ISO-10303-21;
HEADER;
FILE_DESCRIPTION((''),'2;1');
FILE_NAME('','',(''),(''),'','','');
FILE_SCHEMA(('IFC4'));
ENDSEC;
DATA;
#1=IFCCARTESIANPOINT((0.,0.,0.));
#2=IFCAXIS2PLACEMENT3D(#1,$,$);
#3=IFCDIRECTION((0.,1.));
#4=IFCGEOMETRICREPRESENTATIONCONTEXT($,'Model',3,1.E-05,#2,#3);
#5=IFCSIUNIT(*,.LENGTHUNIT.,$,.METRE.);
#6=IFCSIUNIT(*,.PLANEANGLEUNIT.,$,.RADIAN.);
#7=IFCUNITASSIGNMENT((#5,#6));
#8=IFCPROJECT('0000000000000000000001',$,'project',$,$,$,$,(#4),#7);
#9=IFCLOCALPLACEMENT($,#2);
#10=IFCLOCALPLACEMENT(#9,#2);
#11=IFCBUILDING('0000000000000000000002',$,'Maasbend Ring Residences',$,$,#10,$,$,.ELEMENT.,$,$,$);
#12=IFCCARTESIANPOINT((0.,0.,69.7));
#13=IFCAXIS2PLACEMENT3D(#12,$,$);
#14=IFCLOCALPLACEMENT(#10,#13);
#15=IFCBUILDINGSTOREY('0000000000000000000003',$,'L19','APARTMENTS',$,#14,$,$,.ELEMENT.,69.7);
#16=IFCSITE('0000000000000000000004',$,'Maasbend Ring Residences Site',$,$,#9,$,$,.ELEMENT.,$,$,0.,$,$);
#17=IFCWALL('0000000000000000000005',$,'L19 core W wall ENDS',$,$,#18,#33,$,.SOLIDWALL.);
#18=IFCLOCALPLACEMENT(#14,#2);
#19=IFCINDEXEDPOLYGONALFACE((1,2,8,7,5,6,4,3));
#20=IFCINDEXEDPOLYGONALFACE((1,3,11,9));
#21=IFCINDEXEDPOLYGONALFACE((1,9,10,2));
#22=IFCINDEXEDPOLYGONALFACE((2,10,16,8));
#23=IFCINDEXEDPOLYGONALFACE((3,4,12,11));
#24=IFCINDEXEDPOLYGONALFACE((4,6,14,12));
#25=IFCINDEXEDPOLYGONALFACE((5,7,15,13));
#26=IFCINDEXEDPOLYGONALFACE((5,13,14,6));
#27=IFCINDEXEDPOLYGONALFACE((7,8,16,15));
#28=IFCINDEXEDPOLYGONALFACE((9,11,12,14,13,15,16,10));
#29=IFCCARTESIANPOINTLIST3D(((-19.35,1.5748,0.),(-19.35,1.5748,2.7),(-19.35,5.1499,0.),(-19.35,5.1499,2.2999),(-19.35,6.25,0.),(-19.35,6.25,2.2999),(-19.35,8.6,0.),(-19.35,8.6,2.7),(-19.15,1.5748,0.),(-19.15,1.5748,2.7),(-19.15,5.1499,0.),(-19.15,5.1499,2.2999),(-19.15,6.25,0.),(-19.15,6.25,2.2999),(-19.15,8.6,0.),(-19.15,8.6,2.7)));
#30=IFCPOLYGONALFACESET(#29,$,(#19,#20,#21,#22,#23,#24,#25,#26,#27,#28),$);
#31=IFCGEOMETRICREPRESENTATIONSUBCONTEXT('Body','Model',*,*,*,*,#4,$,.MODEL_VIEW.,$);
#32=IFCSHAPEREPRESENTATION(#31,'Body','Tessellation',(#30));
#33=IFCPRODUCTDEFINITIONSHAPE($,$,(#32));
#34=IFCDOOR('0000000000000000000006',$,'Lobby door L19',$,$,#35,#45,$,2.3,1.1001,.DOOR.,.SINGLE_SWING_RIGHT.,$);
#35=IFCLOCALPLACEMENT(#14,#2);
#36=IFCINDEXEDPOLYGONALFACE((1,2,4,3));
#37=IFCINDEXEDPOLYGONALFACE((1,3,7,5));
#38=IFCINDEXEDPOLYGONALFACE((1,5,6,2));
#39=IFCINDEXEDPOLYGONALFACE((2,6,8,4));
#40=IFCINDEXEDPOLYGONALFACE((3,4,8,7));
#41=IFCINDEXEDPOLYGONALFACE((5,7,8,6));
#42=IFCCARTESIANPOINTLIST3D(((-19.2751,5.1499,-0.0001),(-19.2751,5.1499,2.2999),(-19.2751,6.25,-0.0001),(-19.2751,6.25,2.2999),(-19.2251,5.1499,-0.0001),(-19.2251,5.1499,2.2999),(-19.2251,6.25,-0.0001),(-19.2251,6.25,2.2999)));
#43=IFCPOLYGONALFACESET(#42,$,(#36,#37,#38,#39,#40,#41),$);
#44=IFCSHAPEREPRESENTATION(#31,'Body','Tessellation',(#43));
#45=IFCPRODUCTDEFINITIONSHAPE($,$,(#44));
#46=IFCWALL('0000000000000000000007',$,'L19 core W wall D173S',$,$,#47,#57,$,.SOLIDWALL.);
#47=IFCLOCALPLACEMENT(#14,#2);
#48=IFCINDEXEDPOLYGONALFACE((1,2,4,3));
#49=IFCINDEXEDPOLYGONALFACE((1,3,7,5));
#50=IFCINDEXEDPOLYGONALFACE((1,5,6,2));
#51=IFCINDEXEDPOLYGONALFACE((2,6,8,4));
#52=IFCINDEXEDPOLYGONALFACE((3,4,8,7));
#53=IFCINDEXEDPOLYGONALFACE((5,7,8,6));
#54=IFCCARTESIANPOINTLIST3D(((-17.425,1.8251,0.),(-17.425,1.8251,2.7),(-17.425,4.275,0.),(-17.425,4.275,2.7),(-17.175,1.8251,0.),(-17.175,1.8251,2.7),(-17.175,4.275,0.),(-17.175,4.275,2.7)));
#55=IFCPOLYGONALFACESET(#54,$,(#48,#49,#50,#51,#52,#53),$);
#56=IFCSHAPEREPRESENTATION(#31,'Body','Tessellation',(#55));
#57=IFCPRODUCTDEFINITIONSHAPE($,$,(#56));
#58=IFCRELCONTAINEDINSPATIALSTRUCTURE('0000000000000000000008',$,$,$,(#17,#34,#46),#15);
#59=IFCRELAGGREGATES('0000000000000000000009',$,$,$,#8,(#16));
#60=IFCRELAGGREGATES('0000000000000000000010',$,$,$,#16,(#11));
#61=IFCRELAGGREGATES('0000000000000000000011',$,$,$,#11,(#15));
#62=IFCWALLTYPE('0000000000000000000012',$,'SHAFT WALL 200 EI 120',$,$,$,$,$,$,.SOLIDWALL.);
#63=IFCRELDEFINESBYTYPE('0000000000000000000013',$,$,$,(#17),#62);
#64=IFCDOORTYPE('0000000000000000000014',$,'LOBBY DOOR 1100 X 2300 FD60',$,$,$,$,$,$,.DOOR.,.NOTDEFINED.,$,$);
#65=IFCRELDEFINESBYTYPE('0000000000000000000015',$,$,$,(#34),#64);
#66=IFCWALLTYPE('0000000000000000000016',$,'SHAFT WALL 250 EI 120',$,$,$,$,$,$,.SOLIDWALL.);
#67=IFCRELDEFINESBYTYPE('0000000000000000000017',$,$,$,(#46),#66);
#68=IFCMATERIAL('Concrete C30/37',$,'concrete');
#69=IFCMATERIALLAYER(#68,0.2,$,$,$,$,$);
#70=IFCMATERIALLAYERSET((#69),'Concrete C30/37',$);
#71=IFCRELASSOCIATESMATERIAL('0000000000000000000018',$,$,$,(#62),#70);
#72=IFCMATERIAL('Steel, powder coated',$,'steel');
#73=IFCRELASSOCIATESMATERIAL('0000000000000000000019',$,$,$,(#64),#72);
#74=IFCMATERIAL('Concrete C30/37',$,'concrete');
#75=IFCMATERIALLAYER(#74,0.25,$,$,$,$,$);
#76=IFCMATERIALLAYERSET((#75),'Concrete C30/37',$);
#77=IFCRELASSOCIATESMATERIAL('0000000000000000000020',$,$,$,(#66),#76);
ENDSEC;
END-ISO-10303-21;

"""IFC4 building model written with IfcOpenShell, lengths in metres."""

from ifc_helpers import new_model, si_unit, direction, frame, frame_2d, origin, place, context, subcontext, project, spatial, rectangle, extrude, material, layer, layer_set, type_object, element, fill, save


model = new_model("IFC4")

# Units and contexts
model_context = context("Model", 3, precision=1e-05, world=origin(), true_north=direction((0.0, 1.0)))
body_context = subcontext(model_context, "Body", "Model", "MODEL_VIEW")
ifc_project = project(units=[si_unit("LENGTHUNIT", "METRE"), si_unit("PLANEANGLEUNIT", "RADIAN")], contexts=[model_context])

# Site, building, storey
site_placement = place(None, origin())
site = spatial("IfcSite", under=ifc_project, at=site_placement, Name="Maasbend Ring Residences Site", CompositionType="ELEMENT", RefElevation=0.0)
building_placement = place(site_placement, origin())
building = spatial("IfcBuilding", under=site, at=building_placement, Name="Maasbend Ring Residences", CompositionType="ELEMENT")
storey_placement = place(building_placement, frame((0.0, 0.0, 69.7)))
storey = spatial("IfcBuildingStorey", under=building, at=storey_placement, Name="L19", Description="APARTMENTS", CompositionType="ELEMENT", Elevation=69.7)

# Wall, opening, door
ifc_material_1 = material(Name="Concrete C30/37", Category="concrete")
ifc_layer_1 = layer(ifc_material_1, 0.2)
ifc_layer_set_1 = layer_set([ifc_layer_1], Name="Concrete C30/37")
wall_type_1 = type_object("IfcWallType", Name="SHAFT WALL 200 EI 120", PredefinedType="SOLIDWALL", material=ifc_layer_set_1)
wall_1_placement = place(storey_placement, frame((-19.25, 8.6001, 0.0), z_axis=(0.0, 0.0, 1.0), x_axis=(0.0, -1.0, 0.0)))
wall_1 = element("IfcWall", 1, at=wall_1_placement, inside=storey, type_object=wall_type_1, Name="L19 core W wall ENDS", PredefinedType="SOLIDWALL", context=body_context, shape_type="SweptSolid", body=[
    extrude(rectangle(XDim=7.0251, YDim=0.2, at=frame_2d((3.5127, 0.0))), origin(), (0.0, 0.0, 1.0), 2.7),
])
opening_1_placement = place(wall_1_placement, frame((2.3501, 0.0, 0.0)))
opening_1 = element("IfcOpeningElement", 2, at=opening_1_placement, cuts=wall_1, PredefinedType="OPENING", context=body_context, shape_type="SweptSolid", body=[
    extrude(rectangle(XDim=1.1001, YDim=2.3, at=frame_2d((0.55, 1.1499))), frame((0.0, 0.1099, 0.0), z_axis=(0.0, -1.0, 0.0), x_axis=(1.0, 0.0, 0.0)), (0.0, 0.0, 1.0), 0.22),
])
ifc_material_2 = material(Name="Steel, powder coated", Category="steel")
door_type_1 = type_object("IfcDoorType", Name="LOBBY DOOR 1100 X 2300 FD60", OperationType="NOTDEFINED", PredefinedType="DOOR", material=ifc_material_2)
door_1_placement = place(opening_1_placement, origin())
door_1 = element("IfcDoor", 3, at=door_1_placement, inside=storey, type_object=door_type_1, Name="Lobby door L19", OperationType="SINGLE_SWING_RIGHT", OverallHeight=2.3, OverallWidth=1.1001, PredefinedType="DOOR", context=body_context, shape_type="SweptSolid", body=[
    extrude(rectangle(XDim=1.1001, YDim=2.3, at=frame_2d((0.55, 1.1499))), frame((0.0, 0.0249, 0.0), z_axis=(0.0, -1.0, 0.0), x_axis=(1.0, 0.0, 0.0)), (0.0, 0.0, 1.0), 0.05),
])
fill(opening_1, door_1)

# Wall
ifc_material_3 = material(Name="Concrete C30/37", Category="concrete")
ifc_layer_2 = layer(ifc_material_3, 0.25)
ifc_layer_set_2 = layer_set([ifc_layer_2], Name="Concrete C30/37")
wall_type_2 = type_object("IfcWallType", Name="SHAFT WALL 250 EI 120", PredefinedType="SOLIDWALL", material=ifc_layer_set_2)
wall_2_placement = place(storey_placement, frame((-17.3, 1.825, 0.0), z_axis=(0.0, 0.0, 1.0), x_axis=(0.0, 1.0, 0.0)))
element("IfcWall", 4, at=wall_2_placement, inside=storey, type_object=wall_type_2, Name="L19 core W wall D173S", PredefinedType="SOLIDWALL", context=body_context, shape_type="SweptSolid", body=[
    extrude(rectangle(XDim=2.45, YDim=0.25, at=frame_2d((1.2251, 0.0))), origin(), (0.0, 0.0, 1.0), 2.7),
])

save(model, "model.ifc")
